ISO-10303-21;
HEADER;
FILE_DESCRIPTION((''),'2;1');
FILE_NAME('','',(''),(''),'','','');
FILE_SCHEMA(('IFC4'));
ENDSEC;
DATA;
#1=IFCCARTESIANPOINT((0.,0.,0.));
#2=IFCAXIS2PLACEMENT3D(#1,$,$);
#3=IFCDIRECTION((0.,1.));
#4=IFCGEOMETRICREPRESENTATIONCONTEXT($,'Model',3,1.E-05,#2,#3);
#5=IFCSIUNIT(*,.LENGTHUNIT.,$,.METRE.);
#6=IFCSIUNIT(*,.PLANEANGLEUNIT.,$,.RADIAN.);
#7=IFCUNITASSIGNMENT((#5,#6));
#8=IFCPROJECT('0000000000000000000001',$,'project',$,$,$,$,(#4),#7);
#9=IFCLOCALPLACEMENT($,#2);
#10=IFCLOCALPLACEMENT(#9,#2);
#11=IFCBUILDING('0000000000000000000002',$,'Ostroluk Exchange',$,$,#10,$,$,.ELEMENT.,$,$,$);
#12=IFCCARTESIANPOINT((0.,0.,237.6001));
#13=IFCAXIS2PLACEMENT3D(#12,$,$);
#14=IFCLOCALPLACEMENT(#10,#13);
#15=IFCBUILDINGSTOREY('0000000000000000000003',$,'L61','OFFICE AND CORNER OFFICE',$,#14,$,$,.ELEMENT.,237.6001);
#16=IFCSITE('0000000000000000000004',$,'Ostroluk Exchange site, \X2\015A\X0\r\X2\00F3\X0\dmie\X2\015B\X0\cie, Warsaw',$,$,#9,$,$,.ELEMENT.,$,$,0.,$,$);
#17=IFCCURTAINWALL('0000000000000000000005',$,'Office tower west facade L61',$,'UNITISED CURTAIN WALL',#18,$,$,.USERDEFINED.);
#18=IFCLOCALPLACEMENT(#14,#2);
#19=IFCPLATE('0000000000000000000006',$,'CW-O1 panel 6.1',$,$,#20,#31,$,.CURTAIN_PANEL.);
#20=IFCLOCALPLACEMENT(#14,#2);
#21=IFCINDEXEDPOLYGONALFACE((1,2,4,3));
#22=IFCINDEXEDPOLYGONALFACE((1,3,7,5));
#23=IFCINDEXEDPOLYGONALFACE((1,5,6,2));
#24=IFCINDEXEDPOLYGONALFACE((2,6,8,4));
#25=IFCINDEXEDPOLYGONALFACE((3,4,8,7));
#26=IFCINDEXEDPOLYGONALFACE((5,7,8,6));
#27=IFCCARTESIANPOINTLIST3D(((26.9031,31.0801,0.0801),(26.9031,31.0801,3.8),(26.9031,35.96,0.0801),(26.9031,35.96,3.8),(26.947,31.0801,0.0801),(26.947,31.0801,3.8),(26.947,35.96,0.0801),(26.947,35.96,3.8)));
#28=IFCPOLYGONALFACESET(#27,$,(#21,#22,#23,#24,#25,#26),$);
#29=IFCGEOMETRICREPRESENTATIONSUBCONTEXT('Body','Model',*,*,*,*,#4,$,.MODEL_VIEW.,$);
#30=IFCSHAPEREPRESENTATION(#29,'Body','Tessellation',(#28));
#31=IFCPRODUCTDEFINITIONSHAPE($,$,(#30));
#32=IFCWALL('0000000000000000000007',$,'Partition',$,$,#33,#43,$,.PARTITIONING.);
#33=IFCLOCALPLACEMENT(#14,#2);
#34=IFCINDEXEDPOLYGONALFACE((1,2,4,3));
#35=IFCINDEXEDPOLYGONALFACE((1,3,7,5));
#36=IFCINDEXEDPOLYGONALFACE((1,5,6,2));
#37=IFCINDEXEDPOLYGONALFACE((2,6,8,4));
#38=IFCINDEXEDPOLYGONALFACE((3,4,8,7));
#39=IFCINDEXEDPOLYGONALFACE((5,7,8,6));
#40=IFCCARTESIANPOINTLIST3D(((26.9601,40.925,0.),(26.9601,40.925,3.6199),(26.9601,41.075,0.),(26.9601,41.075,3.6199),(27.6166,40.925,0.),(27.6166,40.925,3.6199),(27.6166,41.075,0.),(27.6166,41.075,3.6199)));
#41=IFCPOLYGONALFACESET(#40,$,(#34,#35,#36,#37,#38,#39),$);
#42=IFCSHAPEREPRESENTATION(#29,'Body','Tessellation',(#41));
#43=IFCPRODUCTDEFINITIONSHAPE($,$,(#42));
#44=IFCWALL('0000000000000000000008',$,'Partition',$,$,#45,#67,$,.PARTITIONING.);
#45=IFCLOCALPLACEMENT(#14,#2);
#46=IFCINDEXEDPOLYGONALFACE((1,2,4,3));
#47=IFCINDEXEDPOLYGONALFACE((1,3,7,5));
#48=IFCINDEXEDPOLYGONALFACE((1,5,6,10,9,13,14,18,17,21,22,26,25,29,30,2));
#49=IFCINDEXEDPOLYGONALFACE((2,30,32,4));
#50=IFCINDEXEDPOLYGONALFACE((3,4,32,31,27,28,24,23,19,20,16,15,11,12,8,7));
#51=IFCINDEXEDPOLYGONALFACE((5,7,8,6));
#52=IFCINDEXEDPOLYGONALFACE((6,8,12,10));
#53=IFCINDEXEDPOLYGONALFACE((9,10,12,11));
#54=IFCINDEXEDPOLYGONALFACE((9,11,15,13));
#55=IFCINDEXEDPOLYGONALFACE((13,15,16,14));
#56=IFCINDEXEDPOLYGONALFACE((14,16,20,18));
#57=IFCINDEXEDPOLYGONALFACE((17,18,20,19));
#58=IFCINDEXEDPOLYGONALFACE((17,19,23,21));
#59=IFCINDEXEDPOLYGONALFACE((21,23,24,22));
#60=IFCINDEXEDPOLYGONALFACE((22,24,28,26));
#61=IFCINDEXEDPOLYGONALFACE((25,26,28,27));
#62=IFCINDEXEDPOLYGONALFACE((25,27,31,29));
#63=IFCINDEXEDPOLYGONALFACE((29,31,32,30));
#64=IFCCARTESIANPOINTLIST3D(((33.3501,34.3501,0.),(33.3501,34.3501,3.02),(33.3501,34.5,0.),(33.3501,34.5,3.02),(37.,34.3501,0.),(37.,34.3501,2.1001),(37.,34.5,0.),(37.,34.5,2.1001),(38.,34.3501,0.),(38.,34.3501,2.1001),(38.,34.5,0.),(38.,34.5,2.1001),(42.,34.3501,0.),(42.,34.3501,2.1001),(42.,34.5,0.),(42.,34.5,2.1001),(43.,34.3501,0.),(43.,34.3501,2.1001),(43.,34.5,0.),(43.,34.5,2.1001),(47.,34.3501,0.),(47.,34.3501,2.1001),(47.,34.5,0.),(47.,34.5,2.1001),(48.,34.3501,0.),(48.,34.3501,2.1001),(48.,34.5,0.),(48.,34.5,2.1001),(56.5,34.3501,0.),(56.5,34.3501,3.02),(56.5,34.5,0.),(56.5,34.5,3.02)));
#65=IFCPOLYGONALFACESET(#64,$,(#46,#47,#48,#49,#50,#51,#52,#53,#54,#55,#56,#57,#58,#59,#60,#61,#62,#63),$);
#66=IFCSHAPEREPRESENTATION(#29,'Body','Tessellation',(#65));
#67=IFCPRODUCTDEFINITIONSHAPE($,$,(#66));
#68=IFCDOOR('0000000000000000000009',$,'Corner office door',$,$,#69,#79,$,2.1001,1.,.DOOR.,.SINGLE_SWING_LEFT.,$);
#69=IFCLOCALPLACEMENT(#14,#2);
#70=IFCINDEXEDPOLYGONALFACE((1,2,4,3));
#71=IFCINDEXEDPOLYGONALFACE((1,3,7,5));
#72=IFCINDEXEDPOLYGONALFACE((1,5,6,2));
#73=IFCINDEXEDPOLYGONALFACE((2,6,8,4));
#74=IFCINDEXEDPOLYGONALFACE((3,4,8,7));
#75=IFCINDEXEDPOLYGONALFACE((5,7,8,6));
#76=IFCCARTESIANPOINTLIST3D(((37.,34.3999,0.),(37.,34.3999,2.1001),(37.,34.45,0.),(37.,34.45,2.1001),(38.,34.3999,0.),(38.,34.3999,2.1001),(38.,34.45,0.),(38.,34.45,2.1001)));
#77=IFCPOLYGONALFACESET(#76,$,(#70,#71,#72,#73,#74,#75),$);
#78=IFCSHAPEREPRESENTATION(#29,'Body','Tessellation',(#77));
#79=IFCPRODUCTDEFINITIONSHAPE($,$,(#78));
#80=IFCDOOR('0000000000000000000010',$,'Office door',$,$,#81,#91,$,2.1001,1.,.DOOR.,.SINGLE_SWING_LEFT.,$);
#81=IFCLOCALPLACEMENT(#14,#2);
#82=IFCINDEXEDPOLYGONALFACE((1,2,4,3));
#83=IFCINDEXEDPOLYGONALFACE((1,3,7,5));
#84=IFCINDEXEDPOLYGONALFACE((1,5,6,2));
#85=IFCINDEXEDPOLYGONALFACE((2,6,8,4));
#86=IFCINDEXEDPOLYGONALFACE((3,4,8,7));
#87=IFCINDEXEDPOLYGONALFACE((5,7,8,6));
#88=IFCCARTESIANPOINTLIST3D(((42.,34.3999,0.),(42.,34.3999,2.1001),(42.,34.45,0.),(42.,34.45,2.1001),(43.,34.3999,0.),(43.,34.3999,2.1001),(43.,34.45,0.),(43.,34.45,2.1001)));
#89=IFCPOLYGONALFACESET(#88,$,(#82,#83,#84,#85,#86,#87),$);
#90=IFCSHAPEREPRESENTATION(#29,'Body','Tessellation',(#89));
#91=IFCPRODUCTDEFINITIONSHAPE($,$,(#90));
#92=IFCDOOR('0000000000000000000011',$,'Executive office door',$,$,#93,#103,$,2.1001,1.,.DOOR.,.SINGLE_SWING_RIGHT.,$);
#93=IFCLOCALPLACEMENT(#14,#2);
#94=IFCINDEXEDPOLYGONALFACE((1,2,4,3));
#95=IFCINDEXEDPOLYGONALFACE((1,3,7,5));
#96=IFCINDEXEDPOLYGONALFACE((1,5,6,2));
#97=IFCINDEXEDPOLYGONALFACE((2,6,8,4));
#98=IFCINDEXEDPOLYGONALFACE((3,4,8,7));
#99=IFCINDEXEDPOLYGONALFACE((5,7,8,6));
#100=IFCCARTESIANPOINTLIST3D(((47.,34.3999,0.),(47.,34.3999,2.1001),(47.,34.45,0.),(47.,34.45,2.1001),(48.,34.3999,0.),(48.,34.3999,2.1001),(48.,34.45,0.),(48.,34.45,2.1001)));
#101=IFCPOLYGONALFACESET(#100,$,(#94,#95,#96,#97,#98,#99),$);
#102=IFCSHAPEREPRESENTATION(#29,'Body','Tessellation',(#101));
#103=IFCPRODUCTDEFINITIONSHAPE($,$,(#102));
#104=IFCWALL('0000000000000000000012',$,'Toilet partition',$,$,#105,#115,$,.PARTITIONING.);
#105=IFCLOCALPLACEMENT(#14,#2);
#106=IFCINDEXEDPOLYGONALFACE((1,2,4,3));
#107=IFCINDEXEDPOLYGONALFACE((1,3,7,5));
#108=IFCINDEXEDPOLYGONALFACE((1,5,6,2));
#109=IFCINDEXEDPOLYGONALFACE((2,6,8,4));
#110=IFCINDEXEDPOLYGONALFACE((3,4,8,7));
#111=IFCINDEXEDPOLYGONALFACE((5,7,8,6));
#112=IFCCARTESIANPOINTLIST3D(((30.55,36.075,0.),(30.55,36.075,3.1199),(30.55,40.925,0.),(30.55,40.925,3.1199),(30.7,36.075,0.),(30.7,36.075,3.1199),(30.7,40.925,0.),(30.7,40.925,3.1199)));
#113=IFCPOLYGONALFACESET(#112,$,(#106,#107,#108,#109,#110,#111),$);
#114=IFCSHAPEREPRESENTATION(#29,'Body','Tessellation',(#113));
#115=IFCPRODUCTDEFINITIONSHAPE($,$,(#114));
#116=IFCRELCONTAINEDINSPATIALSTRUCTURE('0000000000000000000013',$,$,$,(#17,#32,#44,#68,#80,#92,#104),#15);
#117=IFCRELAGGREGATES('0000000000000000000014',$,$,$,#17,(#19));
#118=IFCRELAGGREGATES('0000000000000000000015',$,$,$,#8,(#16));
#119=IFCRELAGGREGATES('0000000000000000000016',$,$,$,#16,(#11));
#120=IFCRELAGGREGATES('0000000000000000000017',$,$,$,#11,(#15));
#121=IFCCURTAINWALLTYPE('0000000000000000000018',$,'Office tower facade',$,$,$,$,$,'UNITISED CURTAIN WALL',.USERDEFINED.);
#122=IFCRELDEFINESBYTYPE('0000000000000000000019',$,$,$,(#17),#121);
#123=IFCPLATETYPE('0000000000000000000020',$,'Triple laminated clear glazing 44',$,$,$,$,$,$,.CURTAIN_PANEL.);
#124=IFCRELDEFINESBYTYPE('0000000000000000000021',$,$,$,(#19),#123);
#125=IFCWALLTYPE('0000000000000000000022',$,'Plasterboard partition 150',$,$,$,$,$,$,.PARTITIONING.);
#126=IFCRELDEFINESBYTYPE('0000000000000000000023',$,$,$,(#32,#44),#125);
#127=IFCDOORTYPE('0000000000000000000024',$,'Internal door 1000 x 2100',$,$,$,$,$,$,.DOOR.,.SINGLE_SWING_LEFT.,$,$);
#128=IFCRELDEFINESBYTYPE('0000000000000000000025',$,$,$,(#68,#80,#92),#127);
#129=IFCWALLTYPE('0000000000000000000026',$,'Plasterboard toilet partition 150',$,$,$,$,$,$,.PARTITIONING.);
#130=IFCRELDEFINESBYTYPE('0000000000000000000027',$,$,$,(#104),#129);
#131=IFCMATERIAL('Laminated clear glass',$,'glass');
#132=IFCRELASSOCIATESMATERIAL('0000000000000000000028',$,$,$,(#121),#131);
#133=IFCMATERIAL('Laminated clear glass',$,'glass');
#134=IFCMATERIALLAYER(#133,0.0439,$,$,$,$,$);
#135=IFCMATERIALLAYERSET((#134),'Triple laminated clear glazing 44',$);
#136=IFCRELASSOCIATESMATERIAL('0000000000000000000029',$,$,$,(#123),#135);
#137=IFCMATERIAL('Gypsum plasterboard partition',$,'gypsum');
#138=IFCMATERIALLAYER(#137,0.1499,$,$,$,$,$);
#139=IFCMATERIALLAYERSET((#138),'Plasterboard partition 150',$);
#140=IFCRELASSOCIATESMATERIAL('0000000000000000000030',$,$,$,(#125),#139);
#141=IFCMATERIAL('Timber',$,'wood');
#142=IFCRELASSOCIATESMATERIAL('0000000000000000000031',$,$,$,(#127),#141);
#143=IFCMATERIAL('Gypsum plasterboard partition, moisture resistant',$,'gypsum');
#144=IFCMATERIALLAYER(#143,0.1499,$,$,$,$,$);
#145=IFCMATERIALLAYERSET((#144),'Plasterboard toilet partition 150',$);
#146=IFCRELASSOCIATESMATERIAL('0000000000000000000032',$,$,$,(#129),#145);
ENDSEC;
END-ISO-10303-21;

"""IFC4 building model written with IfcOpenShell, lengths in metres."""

from ifc_helpers import new_model, si_unit, direction, frame, frame_2d, origin, origin_2d, place, context, subcontext, project, spatial, rectangle, extrude, material, layer, layer_set, type_object, element, fill, aggregate, save


model = new_model("IFC4")

# Units and contexts
model_context = context("Model", 3, precision=1e-05, world=origin(), true_north=direction((0.0, 1.0)))
body_context = subcontext(model_context, "Body", "Model", "MODEL_VIEW")
ifc_project = project(units=[si_unit("LENGTHUNIT", "METRE"), si_unit("PLANEANGLEUNIT", "RADIAN")], contexts=[model_context])

# Site, building, storey
site_placement = place(None, origin())
site = spatial("IfcSite", under=ifc_project, at=site_placement, Name="Ostroluk Exchange site, Śródmieście, Warsaw", CompositionType="ELEMENT", RefElevation=0.0)
building_placement = place(site_placement, origin())
building = spatial("IfcBuilding", under=site, at=building_placement, Name="Ostroluk Exchange", CompositionType="ELEMENT")
storey_placement = place(building_placement, frame((0.0, 0.0, 237.6001)))
storey = spatial("IfcBuildingStorey", under=building, at=storey_placement, Name="L61", Description="OFFICE AND CORNER OFFICE", CompositionType="ELEMENT", Elevation=237.6001)

# Curtain wall, plate
ifc_material_1 = material(Name="Laminated clear glass", Category="glass")
curtain_wall_type = type_object("IfcCurtainWallType", Name="Office tower facade", ElementType="UNITISED CURTAIN WALL", PredefinedType="USERDEFINED", material=ifc_material_1)
curtain_wall_placement = place(storey_placement, origin())
curtain_wall = element("IfcCurtainWall", 1, at=curtain_wall_placement, inside=storey, type_object=curtain_wall_type, Name="Office tower west facade L61", ObjectType="UNITISED CURTAIN WALL", PredefinedType="USERDEFINED")
ifc_material_2 = material(Name="Laminated clear glass", Category="glass")
ifc_layer_1 = layer(ifc_material_2, 0.0439)
ifc_layer_set_1 = layer_set([ifc_layer_1], Name="Triple laminated clear glazing 44")
plate_type = type_object("IfcPlateType", Name="Triple laminated clear glazing 44", PredefinedType="CURTAIN_PANEL", material=ifc_layer_set_1)
plate_1_placement = place(storey_placement, frame((26.925, 33.52, 0.0801), z_axis=(0.0, 0.0, 1.0), x_axis=(0.0, -1.0, 0.0)))
plate_1 = element("IfcPlate", 2, at=plate_1_placement, type_object=plate_type, Name="CW-O1 panel 6.1", PredefinedType="CURTAIN_PANEL", context=body_context, shape_type="SweptSolid", body=[
    extrude(rectangle(XDim=4.8799, YDim=0.0439, at=origin_2d()), origin(), (0.0, 0.0, 1.0), 3.72),
])
aggregate(curtain_wall, [plate_1])

# Wall
ifc_material_3 = material(Name="Gypsum plasterboard partition", Category="gypsum")
ifc_layer_2 = layer(ifc_material_3, 0.1499)
ifc_layer_set_2 = layer_set([ifc_layer_2], Name="Plasterboard partition 150")
wall_type_1 = type_object("IfcWallType", Name="Plasterboard partition 150", PredefinedType="PARTITIONING", material=ifc_layer_set_2)
wall_1_placement = place(storey_placement, frame((27.6165, 41.0, 0.0), z_axis=(0.0, 0.0, 1.0), x_axis=(-1.0, 0.0, 0.0)))
element("IfcWall", 3, at=wall_1_placement, inside=storey, type_object=wall_type_1, Name="Partition", PredefinedType="PARTITIONING", context=body_context, shape_type="SweptSolid", body=[
    extrude(rectangle(XDim=0.6565, YDim=0.1499, at=frame_2d((0.3281, 0.0))), origin(), (0.0, 0.0, 1.0), 3.6199),
])

# Wall, openings, doors
wall_2_placement = place(storey_placement, frame((33.3501, 34.425, 0.0), z_axis=(0.0, 0.0, 1.0), x_axis=(1.0, 0.0, 0.0)))
wall_2 = element("IfcWall", 4, at=wall_2_placement, inside=storey, type_object=wall_type_1, Name="Partition", PredefinedType="PARTITIONING", context=body_context, shape_type="SweptSolid", body=[
    extrude(rectangle(XDim=23.1499, YDim=0.1499, at=frame_2d((11.575, 0.0))), origin(), (0.0, 0.0, 1.0), 3.02),
])
opening_1_placement = place(wall_2_placement, frame((3.6499, 0.0, 0.0)))
opening_1 = element("IfcOpeningElement", 5, at=opening_1_placement, cuts=wall_2, PredefinedType="OPENING", context=body_context, shape_type="SweptSolid", body=[
    extrude(rectangle(XDim=1.0, YDim=2.1001, at=frame_2d((0.5, 1.05))), frame((0.0, 0.085, 0.0), z_axis=(0.0, -1.0, 0.0), x_axis=(1.0, 0.0, 0.0)), (0.0, 0.0, 1.0), 0.1699),
])
opening_2_placement = place(wall_2_placement, frame((8.6499, 0.0, 0.0)))
opening_2 = element("IfcOpeningElement", 6, at=opening_2_placement, cuts=wall_2, PredefinedType="OPENING", context=body_context, shape_type="SweptSolid", body=[
    extrude(rectangle(XDim=1.0, YDim=2.1001, at=frame_2d((0.5, 1.05))), frame((0.0, 0.085, 0.0), z_axis=(0.0, -1.0, 0.0), x_axis=(1.0, 0.0, 0.0)), (0.0, 0.0, 1.0), 0.1699),
])
opening_3_placement = place(wall_2_placement, frame((13.6499, 0.0, 0.0)))
opening_3 = element("IfcOpeningElement", 7, at=opening_3_placement, cuts=wall_2, PredefinedType="OPENING", context=body_context, shape_type="SweptSolid", body=[
    extrude(rectangle(XDim=1.0, YDim=2.1001, at=frame_2d((0.5, 1.05))), frame((0.0, 0.085, 0.0), z_axis=(0.0, -1.0, 0.0), x_axis=(1.0, 0.0, 0.0)), (0.0, 0.0, 1.0), 0.1699),
])
ifc_material_4 = material(Name="Timber", Category="wood")
door_type = type_object("IfcDoorType", Name="Internal door 1000 x 2100", OperationType="SINGLE_SWING_LEFT", PredefinedType="DOOR", material=ifc_material_4)
door_1_placement = place(opening_1_placement, origin())
door_1 = element("IfcDoor", 8, at=door_1_placement, inside=storey, type_object=door_type, Name="Corner office door", OperationType="SINGLE_SWING_LEFT", OverallHeight=2.1001, OverallWidth=1.0, PredefinedType="DOOR", context=body_context, shape_type="SweptSolid", body=[
    extrude(rectangle(XDim=1.0, YDim=2.1001, at=frame_2d((0.5, 1.05))), frame((0.0, 0.0249, 0.0), z_axis=(0.0, -1.0, 0.0), x_axis=(1.0, 0.0, 0.0)), (0.0, 0.0, 1.0), 0.05),
])
fill(opening_1, door_1)
door_2_placement = place(opening_2_placement, origin())
door_2 = element("IfcDoor", 9, at=door_2_placement, inside=storey, type_object=door_type, Name="Office door", OperationType="SINGLE_SWING_LEFT", OverallHeight=2.1001, OverallWidth=1.0, PredefinedType="DOOR", context=body_context, shape_type="SweptSolid", body=[
    extrude(rectangle(XDim=1.0, YDim=2.1001, at=frame_2d((0.5, 1.05))), frame((0.0, 0.0249, 0.0), z_axis=(0.0, -1.0, 0.0), x_axis=(1.0, 0.0, 0.0)), (0.0, 0.0, 1.0), 0.05),
])
fill(opening_2, door_2)
door_3_placement = place(opening_3_placement, origin())
door_3 = element("IfcDoor", 10, at=door_3_placement, inside=storey, type_object=door_type, Name="Executive office door", OperationType="SINGLE_SWING_RIGHT", OverallHeight=2.1001, OverallWidth=1.0, PredefinedType="DOOR", context=body_context, shape_type="SweptSolid", body=[
    extrude(rectangle(XDim=1.0, YDim=2.1001, at=frame_2d((0.5, 1.05))), frame((0.0, 0.0249, 0.0), z_axis=(0.0, -1.0, 0.0), x_axis=(1.0, 0.0, 0.0)), (0.0, 0.0, 1.0), 0.05),
])
fill(opening_3, door_3)

# Wall
ifc_material_5 = material(Name="Gypsum plasterboard partition, moisture resistant", Category="gypsum")
ifc_layer_3 = layer(ifc_material_5, 0.1499)
ifc_layer_set_3 = layer_set([ifc_layer_3], Name="Plasterboard toilet partition 150")
wall_type_2 = type_object("IfcWallType", Name="Plasterboard toilet partition 150", PredefinedType="PARTITIONING", material=ifc_layer_set_3)
wall_3_placement = place(storey_placement, frame((30.625, 40.925, 0.0), z_axis=(0.0, 0.0, 1.0), x_axis=(0.0, -1.0, 0.0)))
element("IfcWall", 11, at=wall_3_placement, inside=storey, type_object=wall_type_2, Name="Toilet partition", PredefinedType="PARTITIONING", context=body_context, shape_type="SweptSolid", body=[
    extrude(rectangle(XDim=4.8501, YDim=0.1499, at=frame_2d((2.425, 0.0))), origin(), (0.0, 0.0, 1.0), 3.1199),
])

save(model, "model.ifc")
